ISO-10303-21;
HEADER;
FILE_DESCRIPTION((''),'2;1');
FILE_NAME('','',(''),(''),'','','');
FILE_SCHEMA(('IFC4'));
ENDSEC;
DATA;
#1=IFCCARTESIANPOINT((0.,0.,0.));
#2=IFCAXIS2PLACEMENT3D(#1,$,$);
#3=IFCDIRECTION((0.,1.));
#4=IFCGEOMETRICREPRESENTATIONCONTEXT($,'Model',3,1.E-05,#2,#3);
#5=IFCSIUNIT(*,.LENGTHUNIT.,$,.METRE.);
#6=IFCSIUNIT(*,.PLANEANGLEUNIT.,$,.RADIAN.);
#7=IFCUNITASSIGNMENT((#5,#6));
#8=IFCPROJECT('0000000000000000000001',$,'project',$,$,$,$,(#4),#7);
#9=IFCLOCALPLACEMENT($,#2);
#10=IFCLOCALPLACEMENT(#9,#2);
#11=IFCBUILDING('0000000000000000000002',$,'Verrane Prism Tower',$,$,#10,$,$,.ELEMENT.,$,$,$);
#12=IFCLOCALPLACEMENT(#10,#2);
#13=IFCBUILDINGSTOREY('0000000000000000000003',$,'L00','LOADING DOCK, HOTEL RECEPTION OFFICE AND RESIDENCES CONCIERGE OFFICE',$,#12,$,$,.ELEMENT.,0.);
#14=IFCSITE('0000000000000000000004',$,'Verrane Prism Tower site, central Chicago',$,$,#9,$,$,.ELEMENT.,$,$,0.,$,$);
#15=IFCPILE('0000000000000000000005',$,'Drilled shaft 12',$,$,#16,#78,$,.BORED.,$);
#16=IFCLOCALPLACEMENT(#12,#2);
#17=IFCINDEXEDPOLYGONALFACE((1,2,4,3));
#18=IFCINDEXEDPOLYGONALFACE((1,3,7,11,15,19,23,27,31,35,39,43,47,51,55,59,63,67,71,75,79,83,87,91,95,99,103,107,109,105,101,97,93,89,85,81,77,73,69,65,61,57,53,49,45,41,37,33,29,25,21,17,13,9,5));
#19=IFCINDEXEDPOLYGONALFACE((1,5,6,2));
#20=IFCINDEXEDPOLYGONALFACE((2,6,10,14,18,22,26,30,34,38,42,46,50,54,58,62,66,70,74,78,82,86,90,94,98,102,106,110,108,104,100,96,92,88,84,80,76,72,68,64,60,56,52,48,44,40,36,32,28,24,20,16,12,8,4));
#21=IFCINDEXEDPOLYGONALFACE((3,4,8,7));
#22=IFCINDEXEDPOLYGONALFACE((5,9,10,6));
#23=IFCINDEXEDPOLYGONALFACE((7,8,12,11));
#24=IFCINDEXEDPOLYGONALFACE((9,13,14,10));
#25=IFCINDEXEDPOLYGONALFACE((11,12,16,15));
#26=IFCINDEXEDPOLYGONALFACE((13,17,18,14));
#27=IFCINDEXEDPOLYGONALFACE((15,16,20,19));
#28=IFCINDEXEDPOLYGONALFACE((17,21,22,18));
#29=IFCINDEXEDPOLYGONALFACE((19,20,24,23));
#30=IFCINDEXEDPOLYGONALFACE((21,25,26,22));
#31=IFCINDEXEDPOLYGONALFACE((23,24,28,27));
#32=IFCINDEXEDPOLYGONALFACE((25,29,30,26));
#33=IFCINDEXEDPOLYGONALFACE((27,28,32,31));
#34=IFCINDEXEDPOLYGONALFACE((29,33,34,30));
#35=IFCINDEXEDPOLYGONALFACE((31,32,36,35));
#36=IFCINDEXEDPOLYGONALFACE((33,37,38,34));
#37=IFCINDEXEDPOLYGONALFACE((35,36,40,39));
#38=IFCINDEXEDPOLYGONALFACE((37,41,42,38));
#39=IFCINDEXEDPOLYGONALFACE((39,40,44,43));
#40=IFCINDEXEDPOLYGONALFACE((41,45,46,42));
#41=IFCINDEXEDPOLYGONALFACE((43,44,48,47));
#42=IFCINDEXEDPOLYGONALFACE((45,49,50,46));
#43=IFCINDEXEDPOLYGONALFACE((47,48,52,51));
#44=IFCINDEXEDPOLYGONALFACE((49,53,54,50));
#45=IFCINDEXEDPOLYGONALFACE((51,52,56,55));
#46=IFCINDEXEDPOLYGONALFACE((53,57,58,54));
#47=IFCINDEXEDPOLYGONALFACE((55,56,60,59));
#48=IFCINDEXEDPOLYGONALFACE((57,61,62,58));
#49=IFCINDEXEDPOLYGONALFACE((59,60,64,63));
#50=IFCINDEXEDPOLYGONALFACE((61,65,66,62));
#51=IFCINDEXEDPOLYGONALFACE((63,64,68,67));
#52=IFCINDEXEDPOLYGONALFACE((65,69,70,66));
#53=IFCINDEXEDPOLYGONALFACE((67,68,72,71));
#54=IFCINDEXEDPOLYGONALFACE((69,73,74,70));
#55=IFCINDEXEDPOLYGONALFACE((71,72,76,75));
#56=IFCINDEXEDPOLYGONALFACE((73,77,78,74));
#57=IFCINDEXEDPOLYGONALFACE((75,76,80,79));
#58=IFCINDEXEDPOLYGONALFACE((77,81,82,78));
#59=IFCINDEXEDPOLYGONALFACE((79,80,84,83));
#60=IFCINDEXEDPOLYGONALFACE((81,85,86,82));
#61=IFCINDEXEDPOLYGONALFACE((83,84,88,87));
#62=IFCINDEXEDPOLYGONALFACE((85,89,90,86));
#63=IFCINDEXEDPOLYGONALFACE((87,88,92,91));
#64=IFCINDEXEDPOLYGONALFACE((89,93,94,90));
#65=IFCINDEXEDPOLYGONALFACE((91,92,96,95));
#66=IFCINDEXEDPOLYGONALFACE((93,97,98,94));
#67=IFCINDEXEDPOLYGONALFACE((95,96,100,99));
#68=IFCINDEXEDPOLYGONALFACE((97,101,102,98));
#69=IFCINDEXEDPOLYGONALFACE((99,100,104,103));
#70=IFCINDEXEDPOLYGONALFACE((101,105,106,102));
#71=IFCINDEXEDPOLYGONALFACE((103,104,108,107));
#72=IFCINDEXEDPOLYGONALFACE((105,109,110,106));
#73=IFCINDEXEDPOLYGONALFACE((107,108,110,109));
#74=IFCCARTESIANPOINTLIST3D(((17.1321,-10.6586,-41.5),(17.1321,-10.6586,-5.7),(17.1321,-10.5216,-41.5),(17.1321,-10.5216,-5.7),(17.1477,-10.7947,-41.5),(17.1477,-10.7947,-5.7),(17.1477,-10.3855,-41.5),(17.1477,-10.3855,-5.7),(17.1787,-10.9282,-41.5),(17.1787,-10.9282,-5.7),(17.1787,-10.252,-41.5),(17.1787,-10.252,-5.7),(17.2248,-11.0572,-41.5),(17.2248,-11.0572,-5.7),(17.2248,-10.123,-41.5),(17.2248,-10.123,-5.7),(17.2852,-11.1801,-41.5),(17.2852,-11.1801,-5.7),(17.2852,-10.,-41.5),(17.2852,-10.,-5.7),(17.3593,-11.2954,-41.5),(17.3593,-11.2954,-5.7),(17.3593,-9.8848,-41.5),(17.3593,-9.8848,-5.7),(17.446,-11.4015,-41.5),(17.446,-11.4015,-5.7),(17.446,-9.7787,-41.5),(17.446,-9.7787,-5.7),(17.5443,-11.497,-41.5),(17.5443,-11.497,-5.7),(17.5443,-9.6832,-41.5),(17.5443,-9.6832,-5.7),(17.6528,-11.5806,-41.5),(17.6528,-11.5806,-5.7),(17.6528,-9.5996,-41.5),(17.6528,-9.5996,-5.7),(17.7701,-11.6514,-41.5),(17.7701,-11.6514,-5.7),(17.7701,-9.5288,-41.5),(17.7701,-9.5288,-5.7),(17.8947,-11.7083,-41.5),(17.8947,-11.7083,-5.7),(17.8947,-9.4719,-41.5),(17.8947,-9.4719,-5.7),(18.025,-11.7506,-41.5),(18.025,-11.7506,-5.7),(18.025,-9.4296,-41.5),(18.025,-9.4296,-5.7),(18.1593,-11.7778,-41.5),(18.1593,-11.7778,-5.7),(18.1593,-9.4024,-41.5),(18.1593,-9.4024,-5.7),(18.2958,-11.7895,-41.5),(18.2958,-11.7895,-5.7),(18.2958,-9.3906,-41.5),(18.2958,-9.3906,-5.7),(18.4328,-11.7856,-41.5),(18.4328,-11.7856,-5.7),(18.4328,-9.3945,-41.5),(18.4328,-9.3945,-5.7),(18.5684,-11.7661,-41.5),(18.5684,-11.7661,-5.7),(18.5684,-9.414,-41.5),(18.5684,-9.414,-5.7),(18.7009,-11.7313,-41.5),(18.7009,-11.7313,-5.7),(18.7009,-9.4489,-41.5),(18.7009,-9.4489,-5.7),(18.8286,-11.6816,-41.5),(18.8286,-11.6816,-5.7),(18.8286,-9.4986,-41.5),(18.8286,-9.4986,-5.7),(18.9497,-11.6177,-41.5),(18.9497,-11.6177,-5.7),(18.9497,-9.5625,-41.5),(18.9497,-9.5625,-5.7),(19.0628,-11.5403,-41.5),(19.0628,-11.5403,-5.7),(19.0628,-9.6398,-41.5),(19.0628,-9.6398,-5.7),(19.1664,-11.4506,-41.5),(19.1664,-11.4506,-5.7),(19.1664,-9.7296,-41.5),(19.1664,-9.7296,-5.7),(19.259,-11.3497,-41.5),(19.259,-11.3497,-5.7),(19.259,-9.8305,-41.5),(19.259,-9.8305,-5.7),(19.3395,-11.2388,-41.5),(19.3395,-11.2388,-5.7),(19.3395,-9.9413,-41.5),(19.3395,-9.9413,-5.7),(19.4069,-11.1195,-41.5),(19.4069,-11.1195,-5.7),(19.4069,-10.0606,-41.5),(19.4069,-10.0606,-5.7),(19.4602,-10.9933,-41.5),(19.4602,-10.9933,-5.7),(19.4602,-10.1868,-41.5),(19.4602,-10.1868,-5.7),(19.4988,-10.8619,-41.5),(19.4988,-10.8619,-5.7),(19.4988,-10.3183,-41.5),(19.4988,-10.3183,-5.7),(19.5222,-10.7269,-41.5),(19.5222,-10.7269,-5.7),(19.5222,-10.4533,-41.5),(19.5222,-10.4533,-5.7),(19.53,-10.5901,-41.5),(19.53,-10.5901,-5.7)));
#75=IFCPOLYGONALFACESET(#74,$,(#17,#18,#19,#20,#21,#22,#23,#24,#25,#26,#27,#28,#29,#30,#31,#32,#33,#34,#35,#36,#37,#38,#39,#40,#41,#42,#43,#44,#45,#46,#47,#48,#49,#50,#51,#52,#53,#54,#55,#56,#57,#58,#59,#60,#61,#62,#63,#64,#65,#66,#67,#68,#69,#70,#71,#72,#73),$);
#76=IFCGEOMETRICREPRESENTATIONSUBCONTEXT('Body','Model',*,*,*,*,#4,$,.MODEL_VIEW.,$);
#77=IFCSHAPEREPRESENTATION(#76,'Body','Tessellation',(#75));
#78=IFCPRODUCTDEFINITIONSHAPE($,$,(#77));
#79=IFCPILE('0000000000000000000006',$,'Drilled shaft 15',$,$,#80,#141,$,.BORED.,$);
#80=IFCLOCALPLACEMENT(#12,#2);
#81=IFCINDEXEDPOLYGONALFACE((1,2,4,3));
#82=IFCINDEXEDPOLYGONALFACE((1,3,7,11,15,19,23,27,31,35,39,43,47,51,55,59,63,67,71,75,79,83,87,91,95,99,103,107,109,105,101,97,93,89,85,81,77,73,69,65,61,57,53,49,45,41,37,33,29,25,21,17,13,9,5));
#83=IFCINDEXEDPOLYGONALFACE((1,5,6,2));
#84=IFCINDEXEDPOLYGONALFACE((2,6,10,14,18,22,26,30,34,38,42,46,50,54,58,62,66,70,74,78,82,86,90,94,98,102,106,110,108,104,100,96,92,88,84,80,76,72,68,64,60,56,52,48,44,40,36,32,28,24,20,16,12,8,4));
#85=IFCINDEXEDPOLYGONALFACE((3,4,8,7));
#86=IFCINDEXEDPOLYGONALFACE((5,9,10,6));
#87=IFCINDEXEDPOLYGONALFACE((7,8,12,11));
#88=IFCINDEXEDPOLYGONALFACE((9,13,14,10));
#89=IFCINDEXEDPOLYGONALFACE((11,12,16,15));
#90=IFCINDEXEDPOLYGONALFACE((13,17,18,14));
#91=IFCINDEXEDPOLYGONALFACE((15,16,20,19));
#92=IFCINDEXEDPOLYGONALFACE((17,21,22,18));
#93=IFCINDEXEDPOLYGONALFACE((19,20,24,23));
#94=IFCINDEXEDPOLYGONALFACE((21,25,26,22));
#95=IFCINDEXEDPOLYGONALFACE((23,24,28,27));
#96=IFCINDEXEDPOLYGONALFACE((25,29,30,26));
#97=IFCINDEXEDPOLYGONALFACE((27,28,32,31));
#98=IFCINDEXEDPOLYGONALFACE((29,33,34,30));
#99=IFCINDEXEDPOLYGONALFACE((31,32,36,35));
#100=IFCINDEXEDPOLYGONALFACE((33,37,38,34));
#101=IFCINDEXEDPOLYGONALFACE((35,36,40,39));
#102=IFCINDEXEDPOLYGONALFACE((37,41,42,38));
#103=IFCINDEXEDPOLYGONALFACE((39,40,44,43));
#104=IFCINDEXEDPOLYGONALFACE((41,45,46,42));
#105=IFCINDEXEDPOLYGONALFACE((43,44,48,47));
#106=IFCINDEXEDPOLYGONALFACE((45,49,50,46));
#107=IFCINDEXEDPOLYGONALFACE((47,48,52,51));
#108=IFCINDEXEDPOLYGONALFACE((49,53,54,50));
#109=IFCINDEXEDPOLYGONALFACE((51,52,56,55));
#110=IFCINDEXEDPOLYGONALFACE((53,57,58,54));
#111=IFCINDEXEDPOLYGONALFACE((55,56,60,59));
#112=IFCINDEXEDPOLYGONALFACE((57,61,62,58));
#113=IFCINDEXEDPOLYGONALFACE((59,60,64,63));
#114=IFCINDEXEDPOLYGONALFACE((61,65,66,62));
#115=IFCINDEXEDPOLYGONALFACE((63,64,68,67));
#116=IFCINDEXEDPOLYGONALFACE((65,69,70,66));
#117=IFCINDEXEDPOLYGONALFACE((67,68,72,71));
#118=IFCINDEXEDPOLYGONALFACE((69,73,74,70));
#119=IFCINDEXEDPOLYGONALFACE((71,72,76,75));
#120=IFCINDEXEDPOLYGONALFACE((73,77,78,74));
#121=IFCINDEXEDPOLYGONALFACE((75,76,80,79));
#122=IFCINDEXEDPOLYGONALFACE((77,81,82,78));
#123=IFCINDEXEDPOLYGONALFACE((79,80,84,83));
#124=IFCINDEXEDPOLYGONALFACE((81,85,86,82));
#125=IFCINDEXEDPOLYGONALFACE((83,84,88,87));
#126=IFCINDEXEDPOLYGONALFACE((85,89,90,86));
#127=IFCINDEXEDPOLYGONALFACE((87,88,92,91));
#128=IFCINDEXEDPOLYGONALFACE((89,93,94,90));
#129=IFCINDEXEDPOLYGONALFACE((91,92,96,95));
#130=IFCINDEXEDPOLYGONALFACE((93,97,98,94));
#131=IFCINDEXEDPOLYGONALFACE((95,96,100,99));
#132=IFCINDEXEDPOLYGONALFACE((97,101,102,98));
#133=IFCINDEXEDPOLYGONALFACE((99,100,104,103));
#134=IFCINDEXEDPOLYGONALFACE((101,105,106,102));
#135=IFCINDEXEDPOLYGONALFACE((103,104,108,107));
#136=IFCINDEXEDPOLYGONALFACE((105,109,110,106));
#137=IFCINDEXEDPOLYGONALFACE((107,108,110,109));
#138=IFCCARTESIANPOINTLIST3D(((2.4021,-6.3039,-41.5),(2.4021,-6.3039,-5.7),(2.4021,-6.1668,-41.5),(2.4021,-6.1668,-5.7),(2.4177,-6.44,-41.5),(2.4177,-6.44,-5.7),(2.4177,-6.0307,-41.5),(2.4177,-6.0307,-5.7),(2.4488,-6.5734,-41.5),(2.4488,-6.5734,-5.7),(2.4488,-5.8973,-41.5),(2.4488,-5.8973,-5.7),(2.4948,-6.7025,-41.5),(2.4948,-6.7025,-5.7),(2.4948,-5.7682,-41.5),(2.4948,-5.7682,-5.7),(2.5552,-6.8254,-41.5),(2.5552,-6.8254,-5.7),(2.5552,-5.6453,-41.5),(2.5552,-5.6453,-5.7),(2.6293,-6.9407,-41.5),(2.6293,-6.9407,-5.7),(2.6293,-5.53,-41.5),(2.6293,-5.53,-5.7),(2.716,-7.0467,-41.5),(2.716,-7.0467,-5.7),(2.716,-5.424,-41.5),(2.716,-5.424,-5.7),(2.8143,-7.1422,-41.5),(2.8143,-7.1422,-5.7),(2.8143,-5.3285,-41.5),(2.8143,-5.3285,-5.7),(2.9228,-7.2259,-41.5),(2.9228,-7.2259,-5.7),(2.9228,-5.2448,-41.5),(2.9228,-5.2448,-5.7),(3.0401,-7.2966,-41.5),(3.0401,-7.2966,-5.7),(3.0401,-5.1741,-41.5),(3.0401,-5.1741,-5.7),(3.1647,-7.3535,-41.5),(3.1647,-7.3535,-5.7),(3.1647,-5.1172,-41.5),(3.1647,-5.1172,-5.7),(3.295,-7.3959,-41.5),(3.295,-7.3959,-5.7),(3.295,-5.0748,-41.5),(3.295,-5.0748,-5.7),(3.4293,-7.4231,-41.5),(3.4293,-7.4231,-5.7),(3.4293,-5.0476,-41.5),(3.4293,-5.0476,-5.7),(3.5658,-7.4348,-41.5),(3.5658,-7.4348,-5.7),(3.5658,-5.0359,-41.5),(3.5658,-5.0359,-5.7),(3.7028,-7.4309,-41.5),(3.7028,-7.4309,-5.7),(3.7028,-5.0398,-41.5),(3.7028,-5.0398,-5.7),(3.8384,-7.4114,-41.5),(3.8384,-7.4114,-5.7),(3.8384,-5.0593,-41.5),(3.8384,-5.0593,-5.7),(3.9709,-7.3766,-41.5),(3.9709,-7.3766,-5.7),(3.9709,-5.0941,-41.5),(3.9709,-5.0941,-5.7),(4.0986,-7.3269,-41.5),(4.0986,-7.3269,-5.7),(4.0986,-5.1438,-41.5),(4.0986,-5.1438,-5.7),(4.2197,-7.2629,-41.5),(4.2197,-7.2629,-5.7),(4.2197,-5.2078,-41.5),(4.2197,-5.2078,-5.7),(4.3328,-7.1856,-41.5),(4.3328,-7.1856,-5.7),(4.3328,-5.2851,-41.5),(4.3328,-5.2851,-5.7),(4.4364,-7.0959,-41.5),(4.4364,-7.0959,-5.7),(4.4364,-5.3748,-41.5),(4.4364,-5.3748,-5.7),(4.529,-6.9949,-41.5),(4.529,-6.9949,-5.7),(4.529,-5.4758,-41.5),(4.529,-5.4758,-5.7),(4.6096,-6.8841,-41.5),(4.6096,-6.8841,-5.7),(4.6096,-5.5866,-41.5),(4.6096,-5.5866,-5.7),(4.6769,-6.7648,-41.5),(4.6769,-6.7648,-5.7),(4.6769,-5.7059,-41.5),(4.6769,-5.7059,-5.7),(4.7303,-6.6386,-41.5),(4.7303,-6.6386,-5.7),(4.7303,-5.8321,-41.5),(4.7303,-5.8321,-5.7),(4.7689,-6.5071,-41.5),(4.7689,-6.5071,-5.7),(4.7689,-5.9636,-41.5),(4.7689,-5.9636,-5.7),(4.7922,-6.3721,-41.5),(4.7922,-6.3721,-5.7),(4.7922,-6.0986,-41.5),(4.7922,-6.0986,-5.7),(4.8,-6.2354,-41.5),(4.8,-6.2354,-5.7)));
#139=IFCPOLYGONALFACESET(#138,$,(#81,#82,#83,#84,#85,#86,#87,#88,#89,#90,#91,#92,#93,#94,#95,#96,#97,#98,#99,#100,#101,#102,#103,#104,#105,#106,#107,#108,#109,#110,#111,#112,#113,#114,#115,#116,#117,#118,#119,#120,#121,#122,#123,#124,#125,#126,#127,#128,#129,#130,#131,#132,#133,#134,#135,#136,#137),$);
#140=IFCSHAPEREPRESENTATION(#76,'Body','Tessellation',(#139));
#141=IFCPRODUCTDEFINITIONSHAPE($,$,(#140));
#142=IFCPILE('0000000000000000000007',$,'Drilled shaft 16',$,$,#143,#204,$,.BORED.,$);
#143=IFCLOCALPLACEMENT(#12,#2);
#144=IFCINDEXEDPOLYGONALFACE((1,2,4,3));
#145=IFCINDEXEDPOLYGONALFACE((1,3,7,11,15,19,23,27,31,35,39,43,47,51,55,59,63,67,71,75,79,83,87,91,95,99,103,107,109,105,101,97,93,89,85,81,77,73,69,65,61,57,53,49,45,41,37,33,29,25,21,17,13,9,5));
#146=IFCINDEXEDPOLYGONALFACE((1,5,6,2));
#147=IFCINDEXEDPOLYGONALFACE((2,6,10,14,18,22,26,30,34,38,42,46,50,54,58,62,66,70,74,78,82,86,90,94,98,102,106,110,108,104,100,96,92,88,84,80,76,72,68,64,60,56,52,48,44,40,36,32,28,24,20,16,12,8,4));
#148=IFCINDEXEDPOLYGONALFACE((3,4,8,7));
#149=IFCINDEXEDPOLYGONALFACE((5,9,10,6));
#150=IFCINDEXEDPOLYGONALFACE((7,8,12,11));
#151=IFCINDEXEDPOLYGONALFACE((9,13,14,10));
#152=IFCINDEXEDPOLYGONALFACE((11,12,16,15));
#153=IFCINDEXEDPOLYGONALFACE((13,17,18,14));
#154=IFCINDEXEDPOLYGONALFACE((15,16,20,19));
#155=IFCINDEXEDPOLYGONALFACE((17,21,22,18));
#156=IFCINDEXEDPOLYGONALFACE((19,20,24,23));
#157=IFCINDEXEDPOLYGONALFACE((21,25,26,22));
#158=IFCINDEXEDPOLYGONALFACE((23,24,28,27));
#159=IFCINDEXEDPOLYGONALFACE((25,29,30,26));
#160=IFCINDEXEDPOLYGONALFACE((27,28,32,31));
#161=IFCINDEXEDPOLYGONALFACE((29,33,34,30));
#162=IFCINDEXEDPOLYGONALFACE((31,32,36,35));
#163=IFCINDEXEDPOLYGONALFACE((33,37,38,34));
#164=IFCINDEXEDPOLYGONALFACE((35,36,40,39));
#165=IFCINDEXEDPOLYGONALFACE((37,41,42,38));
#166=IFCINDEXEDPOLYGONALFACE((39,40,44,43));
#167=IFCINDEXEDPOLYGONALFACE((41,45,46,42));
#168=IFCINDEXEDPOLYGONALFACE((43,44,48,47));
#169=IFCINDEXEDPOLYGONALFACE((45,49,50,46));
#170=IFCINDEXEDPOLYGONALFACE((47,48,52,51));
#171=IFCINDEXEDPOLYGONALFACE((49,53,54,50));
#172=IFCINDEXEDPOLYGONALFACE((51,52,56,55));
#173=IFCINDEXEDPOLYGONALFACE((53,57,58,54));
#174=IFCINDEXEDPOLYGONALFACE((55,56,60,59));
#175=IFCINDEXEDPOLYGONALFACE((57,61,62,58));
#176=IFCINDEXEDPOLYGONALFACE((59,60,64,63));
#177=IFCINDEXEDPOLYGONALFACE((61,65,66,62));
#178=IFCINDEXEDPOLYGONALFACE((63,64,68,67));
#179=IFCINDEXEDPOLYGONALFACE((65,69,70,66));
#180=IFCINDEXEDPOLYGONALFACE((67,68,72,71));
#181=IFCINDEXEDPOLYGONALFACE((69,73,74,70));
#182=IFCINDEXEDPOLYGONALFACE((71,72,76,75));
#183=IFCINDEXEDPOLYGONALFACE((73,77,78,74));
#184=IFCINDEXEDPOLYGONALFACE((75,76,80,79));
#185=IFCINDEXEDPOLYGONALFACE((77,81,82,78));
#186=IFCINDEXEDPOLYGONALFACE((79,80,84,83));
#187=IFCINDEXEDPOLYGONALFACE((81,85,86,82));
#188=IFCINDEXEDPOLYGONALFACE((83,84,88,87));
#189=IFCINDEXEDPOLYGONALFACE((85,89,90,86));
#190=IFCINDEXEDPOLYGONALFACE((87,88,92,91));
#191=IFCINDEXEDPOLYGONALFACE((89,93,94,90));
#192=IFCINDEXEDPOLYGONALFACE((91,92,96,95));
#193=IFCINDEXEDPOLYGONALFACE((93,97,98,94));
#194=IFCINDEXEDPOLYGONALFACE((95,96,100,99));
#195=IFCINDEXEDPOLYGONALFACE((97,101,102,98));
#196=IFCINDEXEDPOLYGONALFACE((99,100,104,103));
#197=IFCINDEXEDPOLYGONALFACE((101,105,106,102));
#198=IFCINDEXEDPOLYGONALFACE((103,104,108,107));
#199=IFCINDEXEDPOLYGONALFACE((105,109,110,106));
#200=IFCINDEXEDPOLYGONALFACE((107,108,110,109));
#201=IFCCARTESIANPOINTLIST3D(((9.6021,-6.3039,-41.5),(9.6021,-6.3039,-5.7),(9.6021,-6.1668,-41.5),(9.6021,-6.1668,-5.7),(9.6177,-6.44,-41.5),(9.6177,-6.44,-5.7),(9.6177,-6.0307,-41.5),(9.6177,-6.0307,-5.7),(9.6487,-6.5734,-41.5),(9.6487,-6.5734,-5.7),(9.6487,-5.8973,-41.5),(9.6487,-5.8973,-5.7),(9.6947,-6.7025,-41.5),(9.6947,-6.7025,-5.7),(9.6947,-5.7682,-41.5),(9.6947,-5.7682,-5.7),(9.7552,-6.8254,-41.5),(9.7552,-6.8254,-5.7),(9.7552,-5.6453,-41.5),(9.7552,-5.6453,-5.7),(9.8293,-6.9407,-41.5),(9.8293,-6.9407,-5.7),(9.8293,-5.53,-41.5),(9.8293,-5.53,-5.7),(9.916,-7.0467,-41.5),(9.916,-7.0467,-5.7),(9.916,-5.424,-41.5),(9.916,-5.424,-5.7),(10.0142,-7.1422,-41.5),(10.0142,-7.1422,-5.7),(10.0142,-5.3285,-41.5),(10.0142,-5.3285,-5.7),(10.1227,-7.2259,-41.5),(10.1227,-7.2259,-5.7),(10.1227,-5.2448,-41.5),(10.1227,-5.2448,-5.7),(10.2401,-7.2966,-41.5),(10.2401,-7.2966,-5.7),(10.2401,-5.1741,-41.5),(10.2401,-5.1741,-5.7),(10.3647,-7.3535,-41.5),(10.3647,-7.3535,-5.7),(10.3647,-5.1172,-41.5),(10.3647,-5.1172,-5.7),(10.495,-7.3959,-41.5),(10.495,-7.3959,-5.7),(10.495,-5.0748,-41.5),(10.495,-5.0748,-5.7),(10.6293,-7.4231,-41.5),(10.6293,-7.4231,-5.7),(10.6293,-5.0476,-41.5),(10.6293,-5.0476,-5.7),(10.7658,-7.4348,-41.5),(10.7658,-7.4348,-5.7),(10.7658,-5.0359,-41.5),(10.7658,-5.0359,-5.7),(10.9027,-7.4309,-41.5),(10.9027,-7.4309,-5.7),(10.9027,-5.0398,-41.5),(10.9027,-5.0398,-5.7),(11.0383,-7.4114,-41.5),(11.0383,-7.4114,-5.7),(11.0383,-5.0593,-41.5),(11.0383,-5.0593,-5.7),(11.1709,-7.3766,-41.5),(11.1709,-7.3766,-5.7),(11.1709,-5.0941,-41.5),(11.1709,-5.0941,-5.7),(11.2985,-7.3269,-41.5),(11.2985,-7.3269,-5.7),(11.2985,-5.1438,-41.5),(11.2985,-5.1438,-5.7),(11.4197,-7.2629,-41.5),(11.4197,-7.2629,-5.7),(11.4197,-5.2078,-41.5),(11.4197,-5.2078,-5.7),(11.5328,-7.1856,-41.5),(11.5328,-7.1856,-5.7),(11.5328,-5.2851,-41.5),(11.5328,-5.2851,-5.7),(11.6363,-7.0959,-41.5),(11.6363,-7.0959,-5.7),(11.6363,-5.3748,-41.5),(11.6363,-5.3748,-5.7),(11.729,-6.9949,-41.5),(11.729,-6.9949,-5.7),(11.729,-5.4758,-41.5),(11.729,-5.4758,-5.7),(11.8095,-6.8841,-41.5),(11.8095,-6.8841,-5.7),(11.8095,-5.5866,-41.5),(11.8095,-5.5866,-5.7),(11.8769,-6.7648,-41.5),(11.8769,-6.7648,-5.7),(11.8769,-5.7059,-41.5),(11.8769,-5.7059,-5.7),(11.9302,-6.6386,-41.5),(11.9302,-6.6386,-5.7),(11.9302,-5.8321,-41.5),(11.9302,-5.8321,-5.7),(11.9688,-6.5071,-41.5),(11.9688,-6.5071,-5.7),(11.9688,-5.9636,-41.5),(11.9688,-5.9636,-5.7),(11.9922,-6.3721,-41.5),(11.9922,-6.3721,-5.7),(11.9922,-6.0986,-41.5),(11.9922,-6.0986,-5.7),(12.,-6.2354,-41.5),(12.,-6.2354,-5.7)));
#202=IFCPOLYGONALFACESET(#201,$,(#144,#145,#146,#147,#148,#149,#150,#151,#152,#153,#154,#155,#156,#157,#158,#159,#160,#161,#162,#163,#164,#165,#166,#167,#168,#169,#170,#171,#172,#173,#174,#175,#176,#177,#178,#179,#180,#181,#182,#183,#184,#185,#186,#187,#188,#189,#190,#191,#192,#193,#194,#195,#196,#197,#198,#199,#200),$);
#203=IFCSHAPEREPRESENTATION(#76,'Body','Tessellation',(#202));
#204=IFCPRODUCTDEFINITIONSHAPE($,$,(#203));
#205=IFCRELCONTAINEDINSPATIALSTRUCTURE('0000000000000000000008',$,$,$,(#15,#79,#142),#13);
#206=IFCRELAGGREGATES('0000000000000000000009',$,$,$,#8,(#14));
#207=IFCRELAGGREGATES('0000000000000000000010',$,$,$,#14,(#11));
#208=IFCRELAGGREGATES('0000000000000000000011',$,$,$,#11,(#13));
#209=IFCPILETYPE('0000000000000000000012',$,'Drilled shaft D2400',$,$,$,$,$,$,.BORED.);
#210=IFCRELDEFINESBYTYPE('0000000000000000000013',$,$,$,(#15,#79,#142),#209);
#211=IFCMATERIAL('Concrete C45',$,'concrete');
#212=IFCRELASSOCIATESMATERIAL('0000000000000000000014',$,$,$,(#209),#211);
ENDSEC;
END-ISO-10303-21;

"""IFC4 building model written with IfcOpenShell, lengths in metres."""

from ifc_helpers import new_model, si_unit, direction, frame, origin, origin_2d, place, context, subcontext, project, spatial, circle, extrude, material, type_object, element, save


model = new_model("IFC4")

# Units and contexts
model_context = context("Model", 3, precision=1e-05, world=origin(), true_north=direction((0.0, 1.0)))
body_context = subcontext(model_context, "Body", "Model", "MODEL_VIEW")
ifc_project = project(units=[si_unit("LENGTHUNIT", "METRE"), si_unit("PLANEANGLEUNIT", "RADIAN")], contexts=[model_context])

# Site, building, storey
site_placement = place(None, origin())
site = spatial("IfcSite", under=ifc_project, at=site_placement, Name="Verrane Prism Tower site, central Chicago", CompositionType="ELEMENT", RefElevation=0.0)
building_placement = place(site_placement, origin())
building = spatial("IfcBuilding", under=site, at=building_placement, Name="Verrane Prism Tower", CompositionType="ELEMENT")
storey_placement = place(building_placement, origin())
storey = spatial("IfcBuildingStorey", under=building, at=storey_placement, Name="L00", Description="LOADING DOCK, HOTEL RECEPTION OFFICE AND RESIDENCES CONCIERGE OFFICE", CompositionType="ELEMENT", Elevation=0.0)

# Piles
ifc_material_1 = material(Name="Concrete C45", Category="concrete")
pile_type = type_object("IfcPileType", Name="Drilled shaft D2400", PredefinedType="BORED", material=ifc_material_1)
for number, where, z_axis, x_axis, name in (
    (1, (18.3301, -10.5901, -5.7), (0.0, 0.0, -1.0), (1.0, 0.0, 0.0), "Drilled shaft 12"),
    (2, (3.6001, -6.2354, -5.7), (0.0, 0.0, -1.0), (1.0, 0.0, 0.0), "Drilled shaft 15"),
    (3, (10.8, -6.2354, -5.7), (0.0, 0.0, -1.0), (1.0, 0.0, 0.0), "Drilled shaft 16"),
):
    element("IfcPile", number, at=place(storey_placement, frame(where, z_axis=z_axis, x_axis=x_axis)), inside=storey, type_object=pile_type, Name=name, PredefinedType="BORED", context=body_context, shape_type="SweptSolid", body=[
        extrude(circle(Radius=1.2, at=origin_2d()), origin(), (0.0, 0.0, 1.0), 35.8),
    ])

save(model, "model.ifc")
